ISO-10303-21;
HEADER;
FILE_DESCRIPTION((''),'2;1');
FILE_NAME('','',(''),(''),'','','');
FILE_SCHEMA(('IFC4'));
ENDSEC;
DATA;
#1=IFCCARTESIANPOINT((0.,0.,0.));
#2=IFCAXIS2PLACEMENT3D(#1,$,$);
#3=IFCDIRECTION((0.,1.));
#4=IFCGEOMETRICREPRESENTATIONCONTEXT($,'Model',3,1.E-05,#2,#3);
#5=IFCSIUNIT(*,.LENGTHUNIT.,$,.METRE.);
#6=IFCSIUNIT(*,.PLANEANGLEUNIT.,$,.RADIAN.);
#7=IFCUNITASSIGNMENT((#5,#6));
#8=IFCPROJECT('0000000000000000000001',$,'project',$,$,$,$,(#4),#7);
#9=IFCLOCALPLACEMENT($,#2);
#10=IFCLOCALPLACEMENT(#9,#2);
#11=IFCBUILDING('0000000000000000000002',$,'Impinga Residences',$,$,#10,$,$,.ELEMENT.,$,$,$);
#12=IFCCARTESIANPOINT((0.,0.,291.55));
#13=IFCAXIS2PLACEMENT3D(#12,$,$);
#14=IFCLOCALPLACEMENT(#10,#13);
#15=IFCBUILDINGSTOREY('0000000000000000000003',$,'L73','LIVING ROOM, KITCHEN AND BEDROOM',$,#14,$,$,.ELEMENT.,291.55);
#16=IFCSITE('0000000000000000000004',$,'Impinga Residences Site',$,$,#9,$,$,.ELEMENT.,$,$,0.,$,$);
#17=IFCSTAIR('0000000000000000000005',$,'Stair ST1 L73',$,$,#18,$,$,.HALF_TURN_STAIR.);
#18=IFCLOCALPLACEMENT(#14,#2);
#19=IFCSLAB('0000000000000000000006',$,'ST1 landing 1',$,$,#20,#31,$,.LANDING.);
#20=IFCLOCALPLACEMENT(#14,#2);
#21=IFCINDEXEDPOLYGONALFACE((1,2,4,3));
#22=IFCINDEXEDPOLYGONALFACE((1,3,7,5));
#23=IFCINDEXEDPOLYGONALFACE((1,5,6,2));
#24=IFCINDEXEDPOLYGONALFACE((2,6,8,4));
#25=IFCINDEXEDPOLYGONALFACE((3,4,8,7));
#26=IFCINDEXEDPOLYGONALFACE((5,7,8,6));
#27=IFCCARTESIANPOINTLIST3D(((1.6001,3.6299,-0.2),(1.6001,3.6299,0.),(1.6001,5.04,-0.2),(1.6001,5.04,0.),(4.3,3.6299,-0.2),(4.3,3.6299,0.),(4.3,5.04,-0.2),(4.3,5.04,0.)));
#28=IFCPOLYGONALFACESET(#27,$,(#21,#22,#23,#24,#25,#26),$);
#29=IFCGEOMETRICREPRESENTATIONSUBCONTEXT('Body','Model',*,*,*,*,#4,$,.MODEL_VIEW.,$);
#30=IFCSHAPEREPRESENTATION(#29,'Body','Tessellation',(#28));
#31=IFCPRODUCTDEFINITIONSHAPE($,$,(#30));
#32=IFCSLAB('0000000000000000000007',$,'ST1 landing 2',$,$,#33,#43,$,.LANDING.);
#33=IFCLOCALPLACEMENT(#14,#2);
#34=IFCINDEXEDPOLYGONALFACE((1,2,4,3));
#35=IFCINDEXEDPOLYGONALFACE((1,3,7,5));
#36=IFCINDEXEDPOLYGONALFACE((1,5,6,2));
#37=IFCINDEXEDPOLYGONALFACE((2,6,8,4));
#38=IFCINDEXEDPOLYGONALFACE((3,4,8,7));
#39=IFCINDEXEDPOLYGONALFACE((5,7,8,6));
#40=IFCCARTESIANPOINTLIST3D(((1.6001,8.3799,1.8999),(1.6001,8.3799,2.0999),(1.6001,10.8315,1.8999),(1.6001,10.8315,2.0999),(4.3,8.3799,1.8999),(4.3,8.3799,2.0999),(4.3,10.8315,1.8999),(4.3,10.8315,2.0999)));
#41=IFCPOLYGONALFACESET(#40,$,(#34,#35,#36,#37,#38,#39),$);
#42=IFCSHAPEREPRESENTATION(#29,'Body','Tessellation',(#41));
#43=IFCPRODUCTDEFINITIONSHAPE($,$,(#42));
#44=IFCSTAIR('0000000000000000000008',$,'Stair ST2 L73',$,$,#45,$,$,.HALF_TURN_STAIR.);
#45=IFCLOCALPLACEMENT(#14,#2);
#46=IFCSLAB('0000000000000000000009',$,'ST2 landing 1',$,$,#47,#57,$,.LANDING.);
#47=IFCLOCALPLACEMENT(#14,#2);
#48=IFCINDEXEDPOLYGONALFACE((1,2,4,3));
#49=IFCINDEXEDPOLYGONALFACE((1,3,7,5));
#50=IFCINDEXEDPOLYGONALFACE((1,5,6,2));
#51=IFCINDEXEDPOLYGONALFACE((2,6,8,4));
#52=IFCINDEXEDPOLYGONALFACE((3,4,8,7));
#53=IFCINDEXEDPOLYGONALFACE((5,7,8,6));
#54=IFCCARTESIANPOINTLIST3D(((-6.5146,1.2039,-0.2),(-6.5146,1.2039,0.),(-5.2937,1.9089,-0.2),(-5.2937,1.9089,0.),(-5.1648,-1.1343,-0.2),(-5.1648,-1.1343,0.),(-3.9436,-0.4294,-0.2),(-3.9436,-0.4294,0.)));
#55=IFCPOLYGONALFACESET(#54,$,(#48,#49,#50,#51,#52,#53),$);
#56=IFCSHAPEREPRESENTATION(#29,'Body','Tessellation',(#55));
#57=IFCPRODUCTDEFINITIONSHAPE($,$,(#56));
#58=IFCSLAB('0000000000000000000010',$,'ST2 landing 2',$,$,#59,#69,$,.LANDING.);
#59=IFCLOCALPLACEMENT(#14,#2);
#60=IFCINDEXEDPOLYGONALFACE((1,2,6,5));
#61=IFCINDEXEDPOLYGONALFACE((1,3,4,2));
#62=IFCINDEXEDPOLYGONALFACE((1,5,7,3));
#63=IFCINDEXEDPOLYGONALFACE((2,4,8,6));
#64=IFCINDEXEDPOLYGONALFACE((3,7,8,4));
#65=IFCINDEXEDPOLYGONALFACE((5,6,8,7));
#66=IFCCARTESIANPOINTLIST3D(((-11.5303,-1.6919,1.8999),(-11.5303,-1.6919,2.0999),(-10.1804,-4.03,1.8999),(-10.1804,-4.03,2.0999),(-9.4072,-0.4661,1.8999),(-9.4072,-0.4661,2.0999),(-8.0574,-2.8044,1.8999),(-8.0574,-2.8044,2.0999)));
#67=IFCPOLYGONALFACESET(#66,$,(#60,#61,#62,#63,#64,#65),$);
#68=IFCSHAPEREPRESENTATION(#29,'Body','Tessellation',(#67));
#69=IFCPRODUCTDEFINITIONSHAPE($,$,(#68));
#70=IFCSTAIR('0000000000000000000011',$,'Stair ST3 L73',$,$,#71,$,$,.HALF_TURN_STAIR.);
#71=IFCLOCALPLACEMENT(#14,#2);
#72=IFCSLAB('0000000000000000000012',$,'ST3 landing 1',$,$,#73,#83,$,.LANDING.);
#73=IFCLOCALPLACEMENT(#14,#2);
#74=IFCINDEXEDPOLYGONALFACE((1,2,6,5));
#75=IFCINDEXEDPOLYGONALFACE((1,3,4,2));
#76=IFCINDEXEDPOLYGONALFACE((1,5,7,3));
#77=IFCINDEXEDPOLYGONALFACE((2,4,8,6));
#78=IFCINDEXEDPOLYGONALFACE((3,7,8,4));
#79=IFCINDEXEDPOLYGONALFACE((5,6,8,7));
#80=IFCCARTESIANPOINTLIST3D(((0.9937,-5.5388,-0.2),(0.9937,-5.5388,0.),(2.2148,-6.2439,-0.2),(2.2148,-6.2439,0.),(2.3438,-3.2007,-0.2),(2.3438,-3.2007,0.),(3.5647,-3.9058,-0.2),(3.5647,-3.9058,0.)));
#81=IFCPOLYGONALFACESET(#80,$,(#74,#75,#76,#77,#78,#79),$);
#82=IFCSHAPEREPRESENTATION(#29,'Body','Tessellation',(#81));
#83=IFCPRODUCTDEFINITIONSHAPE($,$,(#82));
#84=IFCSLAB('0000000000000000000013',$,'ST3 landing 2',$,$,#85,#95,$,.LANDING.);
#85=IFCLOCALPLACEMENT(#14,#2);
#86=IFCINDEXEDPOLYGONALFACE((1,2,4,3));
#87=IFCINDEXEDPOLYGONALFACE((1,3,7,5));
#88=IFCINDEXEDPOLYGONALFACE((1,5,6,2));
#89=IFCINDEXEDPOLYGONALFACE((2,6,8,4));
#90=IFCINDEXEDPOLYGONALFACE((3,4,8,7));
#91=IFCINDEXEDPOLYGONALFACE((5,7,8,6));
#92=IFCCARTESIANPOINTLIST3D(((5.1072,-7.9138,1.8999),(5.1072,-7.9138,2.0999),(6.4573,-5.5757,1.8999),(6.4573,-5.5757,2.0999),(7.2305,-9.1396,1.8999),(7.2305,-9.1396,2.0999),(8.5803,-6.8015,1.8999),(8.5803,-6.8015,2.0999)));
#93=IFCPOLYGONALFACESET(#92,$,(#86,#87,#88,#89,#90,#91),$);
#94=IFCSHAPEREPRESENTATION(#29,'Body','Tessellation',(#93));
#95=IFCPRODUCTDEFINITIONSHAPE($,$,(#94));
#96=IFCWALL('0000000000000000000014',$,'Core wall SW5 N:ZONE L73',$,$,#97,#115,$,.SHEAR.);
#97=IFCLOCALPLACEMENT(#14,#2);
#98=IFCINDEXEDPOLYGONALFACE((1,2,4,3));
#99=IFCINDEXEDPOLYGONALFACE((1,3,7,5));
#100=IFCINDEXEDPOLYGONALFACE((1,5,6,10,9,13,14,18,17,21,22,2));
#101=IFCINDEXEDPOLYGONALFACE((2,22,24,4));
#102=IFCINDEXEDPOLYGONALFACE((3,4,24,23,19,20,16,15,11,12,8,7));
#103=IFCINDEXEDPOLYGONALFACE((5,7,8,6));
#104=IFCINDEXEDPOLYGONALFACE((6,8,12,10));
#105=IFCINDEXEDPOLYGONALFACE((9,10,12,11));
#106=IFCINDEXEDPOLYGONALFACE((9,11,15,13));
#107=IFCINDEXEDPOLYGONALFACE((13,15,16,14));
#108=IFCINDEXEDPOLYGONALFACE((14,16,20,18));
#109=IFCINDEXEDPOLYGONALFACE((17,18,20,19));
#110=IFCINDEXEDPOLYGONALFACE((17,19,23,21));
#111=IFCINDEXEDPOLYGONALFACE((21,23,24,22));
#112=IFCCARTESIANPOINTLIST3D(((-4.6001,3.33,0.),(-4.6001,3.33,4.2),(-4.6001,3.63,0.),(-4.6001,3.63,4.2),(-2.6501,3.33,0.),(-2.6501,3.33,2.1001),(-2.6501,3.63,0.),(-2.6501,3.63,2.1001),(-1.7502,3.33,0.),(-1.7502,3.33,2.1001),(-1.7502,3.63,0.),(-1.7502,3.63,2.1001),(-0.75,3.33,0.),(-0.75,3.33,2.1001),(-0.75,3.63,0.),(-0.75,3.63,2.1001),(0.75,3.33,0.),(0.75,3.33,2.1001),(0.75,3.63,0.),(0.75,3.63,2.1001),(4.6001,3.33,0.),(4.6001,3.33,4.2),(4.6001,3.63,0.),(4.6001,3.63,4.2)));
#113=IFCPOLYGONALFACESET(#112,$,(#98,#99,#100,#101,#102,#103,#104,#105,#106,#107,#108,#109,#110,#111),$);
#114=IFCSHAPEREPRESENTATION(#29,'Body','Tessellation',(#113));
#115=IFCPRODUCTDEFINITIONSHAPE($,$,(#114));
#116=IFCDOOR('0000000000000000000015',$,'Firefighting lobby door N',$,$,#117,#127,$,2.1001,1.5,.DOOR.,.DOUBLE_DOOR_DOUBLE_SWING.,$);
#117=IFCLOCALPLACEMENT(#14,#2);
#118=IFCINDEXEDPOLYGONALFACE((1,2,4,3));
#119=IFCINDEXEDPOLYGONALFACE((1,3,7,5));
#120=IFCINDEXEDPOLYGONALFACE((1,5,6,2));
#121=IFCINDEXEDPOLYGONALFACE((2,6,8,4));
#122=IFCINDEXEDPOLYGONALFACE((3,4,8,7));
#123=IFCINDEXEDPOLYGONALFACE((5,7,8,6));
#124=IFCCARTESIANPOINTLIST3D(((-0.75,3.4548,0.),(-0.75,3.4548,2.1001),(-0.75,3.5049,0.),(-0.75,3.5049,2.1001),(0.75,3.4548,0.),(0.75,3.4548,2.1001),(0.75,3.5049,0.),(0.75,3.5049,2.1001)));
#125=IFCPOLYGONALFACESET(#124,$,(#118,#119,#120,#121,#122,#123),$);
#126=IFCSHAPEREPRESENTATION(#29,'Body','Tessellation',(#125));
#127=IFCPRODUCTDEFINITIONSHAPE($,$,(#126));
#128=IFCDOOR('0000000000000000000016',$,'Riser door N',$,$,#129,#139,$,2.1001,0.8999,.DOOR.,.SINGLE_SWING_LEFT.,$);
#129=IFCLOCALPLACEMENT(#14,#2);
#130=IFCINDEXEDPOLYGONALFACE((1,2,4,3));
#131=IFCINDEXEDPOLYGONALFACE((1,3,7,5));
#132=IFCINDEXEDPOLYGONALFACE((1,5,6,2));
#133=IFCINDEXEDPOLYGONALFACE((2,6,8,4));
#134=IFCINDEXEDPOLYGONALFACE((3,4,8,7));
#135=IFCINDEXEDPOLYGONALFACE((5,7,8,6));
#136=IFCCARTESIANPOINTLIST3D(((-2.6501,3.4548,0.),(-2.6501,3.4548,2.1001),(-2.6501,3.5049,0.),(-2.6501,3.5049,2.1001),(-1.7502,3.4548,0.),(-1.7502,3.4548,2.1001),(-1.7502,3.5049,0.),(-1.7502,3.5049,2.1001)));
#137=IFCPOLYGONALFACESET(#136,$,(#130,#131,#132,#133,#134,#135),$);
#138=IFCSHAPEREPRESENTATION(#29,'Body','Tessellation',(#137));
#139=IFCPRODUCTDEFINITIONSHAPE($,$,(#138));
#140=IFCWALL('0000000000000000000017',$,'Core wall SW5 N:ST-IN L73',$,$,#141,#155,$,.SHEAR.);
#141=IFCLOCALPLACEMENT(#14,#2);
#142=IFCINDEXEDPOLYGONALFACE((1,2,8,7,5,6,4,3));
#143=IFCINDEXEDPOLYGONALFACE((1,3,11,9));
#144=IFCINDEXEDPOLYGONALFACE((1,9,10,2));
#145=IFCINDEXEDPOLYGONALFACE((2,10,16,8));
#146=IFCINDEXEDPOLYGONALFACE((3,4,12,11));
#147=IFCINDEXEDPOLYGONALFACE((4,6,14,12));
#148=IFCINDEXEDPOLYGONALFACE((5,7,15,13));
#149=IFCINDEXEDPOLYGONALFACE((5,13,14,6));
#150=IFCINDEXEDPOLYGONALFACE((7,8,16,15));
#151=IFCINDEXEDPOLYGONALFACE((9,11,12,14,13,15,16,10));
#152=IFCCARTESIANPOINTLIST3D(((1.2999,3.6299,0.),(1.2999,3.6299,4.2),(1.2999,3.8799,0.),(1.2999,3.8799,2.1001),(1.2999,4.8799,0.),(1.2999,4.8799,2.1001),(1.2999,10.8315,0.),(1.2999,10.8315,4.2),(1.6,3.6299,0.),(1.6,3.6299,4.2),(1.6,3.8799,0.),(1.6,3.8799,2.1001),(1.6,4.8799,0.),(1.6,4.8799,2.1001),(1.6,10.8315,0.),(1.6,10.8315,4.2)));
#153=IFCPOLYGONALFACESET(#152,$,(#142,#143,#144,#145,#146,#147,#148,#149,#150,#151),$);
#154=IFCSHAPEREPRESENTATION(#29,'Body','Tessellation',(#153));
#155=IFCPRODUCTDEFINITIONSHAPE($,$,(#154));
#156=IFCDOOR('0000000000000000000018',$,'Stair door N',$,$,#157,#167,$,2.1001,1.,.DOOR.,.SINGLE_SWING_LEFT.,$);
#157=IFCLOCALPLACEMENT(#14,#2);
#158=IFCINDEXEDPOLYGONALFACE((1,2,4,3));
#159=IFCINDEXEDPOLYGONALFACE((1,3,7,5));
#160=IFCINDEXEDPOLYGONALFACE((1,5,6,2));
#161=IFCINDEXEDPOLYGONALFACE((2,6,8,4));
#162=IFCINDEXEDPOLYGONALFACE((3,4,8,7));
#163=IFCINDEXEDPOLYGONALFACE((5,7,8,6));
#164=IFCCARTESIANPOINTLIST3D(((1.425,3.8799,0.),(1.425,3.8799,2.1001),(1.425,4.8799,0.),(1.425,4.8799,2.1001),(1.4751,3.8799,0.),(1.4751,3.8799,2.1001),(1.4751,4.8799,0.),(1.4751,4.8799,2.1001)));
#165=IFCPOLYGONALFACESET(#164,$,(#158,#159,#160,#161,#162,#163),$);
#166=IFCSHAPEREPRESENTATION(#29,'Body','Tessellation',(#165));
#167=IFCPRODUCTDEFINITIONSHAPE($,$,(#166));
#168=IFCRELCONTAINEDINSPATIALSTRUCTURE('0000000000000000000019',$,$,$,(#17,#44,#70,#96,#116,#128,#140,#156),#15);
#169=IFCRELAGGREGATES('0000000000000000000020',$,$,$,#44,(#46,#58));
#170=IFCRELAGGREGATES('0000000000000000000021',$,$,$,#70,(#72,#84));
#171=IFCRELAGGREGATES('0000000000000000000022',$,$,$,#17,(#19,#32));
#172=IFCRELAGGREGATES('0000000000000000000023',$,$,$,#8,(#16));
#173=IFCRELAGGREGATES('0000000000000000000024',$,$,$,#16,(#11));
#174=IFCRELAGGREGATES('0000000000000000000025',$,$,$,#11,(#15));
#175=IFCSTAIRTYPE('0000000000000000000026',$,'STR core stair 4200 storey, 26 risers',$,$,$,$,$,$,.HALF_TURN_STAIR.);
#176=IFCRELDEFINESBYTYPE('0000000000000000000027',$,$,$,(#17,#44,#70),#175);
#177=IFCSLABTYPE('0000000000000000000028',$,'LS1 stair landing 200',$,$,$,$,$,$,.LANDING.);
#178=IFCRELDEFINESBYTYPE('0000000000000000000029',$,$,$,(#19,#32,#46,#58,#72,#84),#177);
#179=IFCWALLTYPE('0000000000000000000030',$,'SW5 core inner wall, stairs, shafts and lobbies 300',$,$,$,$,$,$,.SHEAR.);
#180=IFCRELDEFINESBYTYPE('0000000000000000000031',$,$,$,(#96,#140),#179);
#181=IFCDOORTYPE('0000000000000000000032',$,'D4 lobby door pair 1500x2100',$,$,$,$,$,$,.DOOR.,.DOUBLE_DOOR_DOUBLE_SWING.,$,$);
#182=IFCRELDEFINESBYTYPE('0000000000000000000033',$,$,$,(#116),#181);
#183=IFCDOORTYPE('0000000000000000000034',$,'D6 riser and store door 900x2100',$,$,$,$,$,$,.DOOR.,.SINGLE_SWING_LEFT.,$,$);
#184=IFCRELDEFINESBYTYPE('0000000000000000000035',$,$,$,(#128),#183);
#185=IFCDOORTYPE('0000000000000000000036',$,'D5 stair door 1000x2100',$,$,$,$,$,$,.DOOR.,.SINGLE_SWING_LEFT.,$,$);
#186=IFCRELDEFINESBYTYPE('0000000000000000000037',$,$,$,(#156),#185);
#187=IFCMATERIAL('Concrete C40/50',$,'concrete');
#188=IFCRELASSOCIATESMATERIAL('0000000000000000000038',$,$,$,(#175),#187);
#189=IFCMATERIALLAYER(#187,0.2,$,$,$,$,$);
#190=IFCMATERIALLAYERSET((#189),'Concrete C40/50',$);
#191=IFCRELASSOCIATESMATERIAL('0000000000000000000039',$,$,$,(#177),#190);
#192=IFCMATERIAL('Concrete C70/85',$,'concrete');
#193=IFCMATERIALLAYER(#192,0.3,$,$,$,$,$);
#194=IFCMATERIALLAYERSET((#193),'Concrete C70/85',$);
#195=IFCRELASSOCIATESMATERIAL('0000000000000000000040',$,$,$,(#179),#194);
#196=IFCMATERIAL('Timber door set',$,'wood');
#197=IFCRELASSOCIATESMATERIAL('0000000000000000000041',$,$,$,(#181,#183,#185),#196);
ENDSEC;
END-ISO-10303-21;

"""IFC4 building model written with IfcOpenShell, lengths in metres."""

from ifc_helpers import new_model, si_unit, direction, frame, frame_2d, origin, place, context, subcontext, project, spatial, polyline, rectangle, outline, extrude, material, layer, layer_set, type_object, element, fill, aggregate, save


model = new_model("IFC4")

# Units and contexts
model_context = context("Model", 3, precision=1e-05, world=origin(), true_north=direction((0.0, 1.0)))
body_context = subcontext(model_context, "Body", "Model", "MODEL_VIEW")
ifc_project = project(units=[si_unit("LENGTHUNIT", "METRE"), si_unit("PLANEANGLEUNIT", "RADIAN")], contexts=[model_context])

# Site, building, storey
site_placement = place(None, origin())
site = spatial("IfcSite", under=ifc_project, at=site_placement, Name="Impinga Residences Site", CompositionType="ELEMENT", RefElevation=0.0)
building_placement = place(site_placement, origin())
building = spatial("IfcBuilding", under=site, at=building_placement, Name="Impinga Residences", CompositionType="ELEMENT")
storey_placement = place(building_placement, frame((0.0, 0.0, 291.55)))
storey = spatial("IfcBuildingStorey", under=building, at=storey_placement, Name="L73", Description="LIVING ROOM, KITCHEN AND BEDROOM", CompositionType="ELEMENT", Elevation=291.55)

# Stairs, slabs
ifc_material_1 = material(Name="Concrete C40/50", Category="concrete")
stair_type = type_object("IfcStairType", Name="STR core stair 4200 storey, 26 risers", PredefinedType="HALF_TURN_STAIR", material=ifc_material_1)
stair_1_placement = place(storey_placement, origin())
stair_1 = element("IfcStair", 1, at=stair_1_placement, inside=storey, type_object=stair_type, Name="Stair ST1 L73", PredefinedType="HALF_TURN_STAIR")
ifc_layer_1 = layer(ifc_material_1, 0.2)
ifc_layer_set_1 = layer_set([ifc_layer_1], Name="Concrete C40/50")
slab_type = type_object("IfcSlabType", Name="LS1 stair landing 200", PredefinedType="LANDING", material=ifc_layer_set_1)
slab_1_placement = place(storey_placement, frame((0.0, 0.0, -0.2)))
slab_1 = element("IfcSlab", 2, at=slab_1_placement, type_object=slab_type, Name="ST1 landing 1", PredefinedType="LANDING", context=body_context, shape_type="SweptSolid", body=[
    extrude(outline(polyline([(1.6001, 3.6299), (4.3, 3.6299), (4.3, 5.04), (1.6001, 5.04), (1.6001, 3.6299)])), origin(), (0.0, 0.0, 1.0), 0.2),
])
slab_2_placement = place(storey_placement, frame((0.0, 0.0, 1.8999)))
slab_2 = element("IfcSlab", 3, at=slab_2_placement, type_object=slab_type, Name="ST1 landing 2", PredefinedType="LANDING", context=body_context, shape_type="SweptSolid", body=[
    extrude(outline(polyline([(1.6001, 8.3799), (4.3, 8.3799), (4.3, 10.8315), (1.6001, 10.8315), (1.6001, 8.3799)])), origin(), (0.0, 0.0, 1.0), 0.2),
])
stair_2_placement = place(storey_placement, origin())
stair_2 = element("IfcStair", 4, at=stair_2_placement, inside=storey, type_object=stair_type, Name="Stair ST2 L73", PredefinedType="HALF_TURN_STAIR")
slab_3_placement = place(storey_placement, frame((0.0, 0.0, -0.2)))
slab_3 = element("IfcSlab", 5, at=slab_3_placement, type_object=slab_type, Name="ST2 landing 1", PredefinedType="LANDING", context=body_context, shape_type="SweptSolid", body=[
    extrude(outline(polyline([(-3.9436, -0.4294), (-5.2937, 1.9089), (-6.5146, 1.2039), (-5.1648, -1.1343), (-3.9436, -0.4294)])), origin(), (0.0, 0.0, 1.0), 0.2),
])
slab_4_placement = place(storey_placement, frame((0.0, 0.0, 1.8999)))
slab_4 = element("IfcSlab", 6, at=slab_4_placement, type_object=slab_type, Name="ST2 landing 2", PredefinedType="LANDING", context=body_context, shape_type="SweptSolid", body=[
    extrude(outline(polyline([(-8.0574, -2.8044), (-9.4072, -0.4661), (-11.5303, -1.6919), (-10.1804, -4.03), (-8.0574, -2.8044)])), origin(), (0.0, 0.0, 1.0), 0.2),
])
aggregate(stair_2, [slab_3, slab_4])
stair_3_placement = place(storey_placement, origin())
stair_3 = element("IfcStair", 7, at=stair_3_placement, inside=storey, type_object=stair_type, Name="Stair ST3 L73", PredefinedType="HALF_TURN_STAIR")
slab_5_placement = place(storey_placement, frame((0.0, 0.0, -0.2)))
slab_5 = element("IfcSlab", 8, at=slab_5_placement, type_object=slab_type, Name="ST3 landing 1", PredefinedType="LANDING", context=body_context, shape_type="SweptSolid", body=[
    extrude(outline(polyline([(2.3438, -3.2007), (0.9937, -5.5388), (2.2148, -6.2439), (3.5647, -3.9058), (2.3438, -3.2007)])), origin(), (0.0, 0.0, 1.0), 0.2),
])
slab_6_placement = place(storey_placement, frame((0.0, 0.0, 1.8999)))
slab_6 = element("IfcSlab", 9, at=slab_6_placement, type_object=slab_type, Name="ST3 landing 2", PredefinedType="LANDING", context=body_context, shape_type="SweptSolid", body=[
    extrude(outline(polyline([(6.4573, -5.5757), (5.1072, -7.9138), (7.2305, -9.1396), (8.5803, -6.8015), (6.4573, -5.5757)])), origin(), (0.0, 0.0, 1.0), 0.2),
])
aggregate(stair_3, [slab_5, slab_6])

# Wall, openings, doors
ifc_material_2 = material(Name="Concrete C70/85", Category="concrete")
ifc_layer_2 = layer(ifc_material_2, 0.3)
ifc_layer_set_2 = layer_set([ifc_layer_2], Name="Concrete C70/85")
wall_type_1 = type_object("IfcWallType", Name="SW5 core inner wall, stairs, shafts and lobbies 300", PredefinedType="SHEAR", material=ifc_layer_set_2)
wall_1_placement = place(storey_placement, frame((-4.6001, 3.48, 0.0), z_axis=(0.0, 0.0, 1.0), x_axis=(1.0, 0.0, 0.0)))
wall_1 = element("IfcWall", 10, at=wall_1_placement, inside=storey, type_object=wall_type_1, Name="Core wall SW5 N:ZONE L73", PredefinedType="SHEAR", context=body_context, shape_type="SweptSolid", body=[
    extrude(rectangle(XDim=9.2002, YDim=0.3, at=frame_2d((4.6001, 0.0))), origin(), (0.0, 0.0, 1.0), 4.2),
])
opening_1_placement = place(wall_1_placement, frame((3.8501, 0.0, 0.0)))
opening_1 = element("IfcOpeningElement", 11, at=opening_1_placement, cuts=wall_1, PredefinedType="OPENING", context=body_context, shape_type="SweptSolid", body=[
    extrude(rectangle(XDim=1.5, YDim=2.1001, at=frame_2d((0.75, 1.05))), frame((0.0, 0.1599, 0.0), z_axis=(0.0, -1.0, 0.0), x_axis=(1.0, 0.0, 0.0)), (0.0, 0.0, 1.0), 0.3201),
])
opening_2_placement = place(wall_1_placement, frame((1.95, 0.0, 0.0)))
opening_2 = element("IfcOpeningElement", 12, at=opening_2_placement, cuts=wall_1, PredefinedType="OPENING", context=body_context, shape_type="SweptSolid", body=[
    extrude(rectangle(XDim=0.8999, YDim=2.1001, at=frame_2d((0.45, 1.05))), frame((0.0, 0.1599, 0.0), z_axis=(0.0, -1.0, 0.0), x_axis=(1.0, 0.0, 0.0)), (0.0, 0.0, 1.0), 0.3201),
])
ifc_material_3 = material(Name="Timber door set", Category="wood")
door_type_1 = type_object("IfcDoorType", Name="D4 lobby door pair 1500x2100", OperationType="DOUBLE_DOOR_DOUBLE_SWING", PredefinedType="DOOR", material=ifc_material_3)
door_1_placement = place(opening_1_placement, origin())
door_1 = element("IfcDoor", 13, at=door_1_placement, inside=storey, type_object=door_type_1, Name="Firefighting lobby door N", OperationType="DOUBLE_DOOR_DOUBLE_SWING", OverallHeight=2.1001, OverallWidth=1.5, PredefinedType="DOOR", context=body_context, shape_type="SweptSolid", body=[
    extrude(rectangle(XDim=1.5, YDim=2.1001, at=frame_2d((0.75, 1.05))), frame((0.0, 0.0249, 0.0), z_axis=(0.0, -1.0, 0.0), x_axis=(1.0, 0.0, 0.0)), (0.0, 0.0, 1.0), 0.05),
])
fill(opening_1, door_1)
door_type_2 = type_object("IfcDoorType", Name="D6 riser and store door 900x2100", OperationType="SINGLE_SWING_LEFT", PredefinedType="DOOR", material=ifc_material_3)
door_2_placement = place(opening_2_placement, origin())
door_2 = element("IfcDoor", 14, at=door_2_placement, inside=storey, type_object=door_type_2, Name="Riser door N", OperationType="SINGLE_SWING_LEFT", OverallHeight=2.1001, OverallWidth=0.8999, PredefinedType="DOOR", context=body_context, shape_type="SweptSolid", body=[
    extrude(rectangle(XDim=0.8999, YDim=2.1001, at=frame_2d((0.45, 1.05))), frame((0.0, 0.0249, 0.0), z_axis=(0.0, -1.0, 0.0), x_axis=(1.0, 0.0, 0.0)), (0.0, 0.0, 1.0), 0.05),
])
fill(opening_2, door_2)

# Wall, opening, door
wall_2_placement = place(storey_placement, frame((1.45, 3.6299, 0.0), z_axis=(0.0, 0.0, 1.0), x_axis=(0.0, 1.0, 0.0)))
wall_2 = element("IfcWall", 15, at=wall_2_placement, inside=storey, type_object=wall_type_1, Name="Core wall SW5 N:ST-IN L73", PredefinedType="SHEAR", context=body_context, shape_type="SweptSolid", body=[
    extrude(rectangle(XDim=7.2017, YDim=0.3, at=frame_2d((3.6008, 0.0))), origin(), (0.0, 0.0, 1.0), 4.2),
])
opening_3_placement = place(wall_2_placement, frame((0.25, 0.0, 0.0)))
opening_3 = element("IfcOpeningElement", 16, at=opening_3_placement, cuts=wall_2, PredefinedType="OPENING", context=body_context, shape_type="SweptSolid", body=[
    extrude(rectangle(XDim=1.0, YDim=2.1001, at=frame_2d((0.5, 1.05))), frame((0.0, 0.1599, 0.0), z_axis=(0.0, -1.0, 0.0), x_axis=(1.0, 0.0, 0.0)), (0.0, 0.0, 1.0), 0.3201),
])
door_type_3 = type_object("IfcDoorType", Name="D5 stair door 1000x2100", OperationType="SINGLE_SWING_LEFT", PredefinedType="DOOR", material=ifc_material_3)
door_3_placement = place(opening_3_placement, origin())
door_3 = element("IfcDoor", 17, at=door_3_placement, inside=storey, type_object=door_type_3, Name="Stair door N", OperationType="SINGLE_SWING_LEFT", OverallHeight=2.1001, OverallWidth=1.0, PredefinedType="DOOR", context=body_context, shape_type="SweptSolid", body=[
    extrude(rectangle(XDim=1.0, YDim=2.1001, at=frame_2d((0.5, 1.05))), frame((0.0, 0.0249, 0.0), z_axis=(0.0, -1.0, 0.0), x_axis=(1.0, 0.0, 0.0)), (0.0, 0.0, 1.0), 0.05),
])
fill(opening_3, door_3)

aggregate(stair_1, [slab_1, slab_2])

save(model, "model.ifc")
